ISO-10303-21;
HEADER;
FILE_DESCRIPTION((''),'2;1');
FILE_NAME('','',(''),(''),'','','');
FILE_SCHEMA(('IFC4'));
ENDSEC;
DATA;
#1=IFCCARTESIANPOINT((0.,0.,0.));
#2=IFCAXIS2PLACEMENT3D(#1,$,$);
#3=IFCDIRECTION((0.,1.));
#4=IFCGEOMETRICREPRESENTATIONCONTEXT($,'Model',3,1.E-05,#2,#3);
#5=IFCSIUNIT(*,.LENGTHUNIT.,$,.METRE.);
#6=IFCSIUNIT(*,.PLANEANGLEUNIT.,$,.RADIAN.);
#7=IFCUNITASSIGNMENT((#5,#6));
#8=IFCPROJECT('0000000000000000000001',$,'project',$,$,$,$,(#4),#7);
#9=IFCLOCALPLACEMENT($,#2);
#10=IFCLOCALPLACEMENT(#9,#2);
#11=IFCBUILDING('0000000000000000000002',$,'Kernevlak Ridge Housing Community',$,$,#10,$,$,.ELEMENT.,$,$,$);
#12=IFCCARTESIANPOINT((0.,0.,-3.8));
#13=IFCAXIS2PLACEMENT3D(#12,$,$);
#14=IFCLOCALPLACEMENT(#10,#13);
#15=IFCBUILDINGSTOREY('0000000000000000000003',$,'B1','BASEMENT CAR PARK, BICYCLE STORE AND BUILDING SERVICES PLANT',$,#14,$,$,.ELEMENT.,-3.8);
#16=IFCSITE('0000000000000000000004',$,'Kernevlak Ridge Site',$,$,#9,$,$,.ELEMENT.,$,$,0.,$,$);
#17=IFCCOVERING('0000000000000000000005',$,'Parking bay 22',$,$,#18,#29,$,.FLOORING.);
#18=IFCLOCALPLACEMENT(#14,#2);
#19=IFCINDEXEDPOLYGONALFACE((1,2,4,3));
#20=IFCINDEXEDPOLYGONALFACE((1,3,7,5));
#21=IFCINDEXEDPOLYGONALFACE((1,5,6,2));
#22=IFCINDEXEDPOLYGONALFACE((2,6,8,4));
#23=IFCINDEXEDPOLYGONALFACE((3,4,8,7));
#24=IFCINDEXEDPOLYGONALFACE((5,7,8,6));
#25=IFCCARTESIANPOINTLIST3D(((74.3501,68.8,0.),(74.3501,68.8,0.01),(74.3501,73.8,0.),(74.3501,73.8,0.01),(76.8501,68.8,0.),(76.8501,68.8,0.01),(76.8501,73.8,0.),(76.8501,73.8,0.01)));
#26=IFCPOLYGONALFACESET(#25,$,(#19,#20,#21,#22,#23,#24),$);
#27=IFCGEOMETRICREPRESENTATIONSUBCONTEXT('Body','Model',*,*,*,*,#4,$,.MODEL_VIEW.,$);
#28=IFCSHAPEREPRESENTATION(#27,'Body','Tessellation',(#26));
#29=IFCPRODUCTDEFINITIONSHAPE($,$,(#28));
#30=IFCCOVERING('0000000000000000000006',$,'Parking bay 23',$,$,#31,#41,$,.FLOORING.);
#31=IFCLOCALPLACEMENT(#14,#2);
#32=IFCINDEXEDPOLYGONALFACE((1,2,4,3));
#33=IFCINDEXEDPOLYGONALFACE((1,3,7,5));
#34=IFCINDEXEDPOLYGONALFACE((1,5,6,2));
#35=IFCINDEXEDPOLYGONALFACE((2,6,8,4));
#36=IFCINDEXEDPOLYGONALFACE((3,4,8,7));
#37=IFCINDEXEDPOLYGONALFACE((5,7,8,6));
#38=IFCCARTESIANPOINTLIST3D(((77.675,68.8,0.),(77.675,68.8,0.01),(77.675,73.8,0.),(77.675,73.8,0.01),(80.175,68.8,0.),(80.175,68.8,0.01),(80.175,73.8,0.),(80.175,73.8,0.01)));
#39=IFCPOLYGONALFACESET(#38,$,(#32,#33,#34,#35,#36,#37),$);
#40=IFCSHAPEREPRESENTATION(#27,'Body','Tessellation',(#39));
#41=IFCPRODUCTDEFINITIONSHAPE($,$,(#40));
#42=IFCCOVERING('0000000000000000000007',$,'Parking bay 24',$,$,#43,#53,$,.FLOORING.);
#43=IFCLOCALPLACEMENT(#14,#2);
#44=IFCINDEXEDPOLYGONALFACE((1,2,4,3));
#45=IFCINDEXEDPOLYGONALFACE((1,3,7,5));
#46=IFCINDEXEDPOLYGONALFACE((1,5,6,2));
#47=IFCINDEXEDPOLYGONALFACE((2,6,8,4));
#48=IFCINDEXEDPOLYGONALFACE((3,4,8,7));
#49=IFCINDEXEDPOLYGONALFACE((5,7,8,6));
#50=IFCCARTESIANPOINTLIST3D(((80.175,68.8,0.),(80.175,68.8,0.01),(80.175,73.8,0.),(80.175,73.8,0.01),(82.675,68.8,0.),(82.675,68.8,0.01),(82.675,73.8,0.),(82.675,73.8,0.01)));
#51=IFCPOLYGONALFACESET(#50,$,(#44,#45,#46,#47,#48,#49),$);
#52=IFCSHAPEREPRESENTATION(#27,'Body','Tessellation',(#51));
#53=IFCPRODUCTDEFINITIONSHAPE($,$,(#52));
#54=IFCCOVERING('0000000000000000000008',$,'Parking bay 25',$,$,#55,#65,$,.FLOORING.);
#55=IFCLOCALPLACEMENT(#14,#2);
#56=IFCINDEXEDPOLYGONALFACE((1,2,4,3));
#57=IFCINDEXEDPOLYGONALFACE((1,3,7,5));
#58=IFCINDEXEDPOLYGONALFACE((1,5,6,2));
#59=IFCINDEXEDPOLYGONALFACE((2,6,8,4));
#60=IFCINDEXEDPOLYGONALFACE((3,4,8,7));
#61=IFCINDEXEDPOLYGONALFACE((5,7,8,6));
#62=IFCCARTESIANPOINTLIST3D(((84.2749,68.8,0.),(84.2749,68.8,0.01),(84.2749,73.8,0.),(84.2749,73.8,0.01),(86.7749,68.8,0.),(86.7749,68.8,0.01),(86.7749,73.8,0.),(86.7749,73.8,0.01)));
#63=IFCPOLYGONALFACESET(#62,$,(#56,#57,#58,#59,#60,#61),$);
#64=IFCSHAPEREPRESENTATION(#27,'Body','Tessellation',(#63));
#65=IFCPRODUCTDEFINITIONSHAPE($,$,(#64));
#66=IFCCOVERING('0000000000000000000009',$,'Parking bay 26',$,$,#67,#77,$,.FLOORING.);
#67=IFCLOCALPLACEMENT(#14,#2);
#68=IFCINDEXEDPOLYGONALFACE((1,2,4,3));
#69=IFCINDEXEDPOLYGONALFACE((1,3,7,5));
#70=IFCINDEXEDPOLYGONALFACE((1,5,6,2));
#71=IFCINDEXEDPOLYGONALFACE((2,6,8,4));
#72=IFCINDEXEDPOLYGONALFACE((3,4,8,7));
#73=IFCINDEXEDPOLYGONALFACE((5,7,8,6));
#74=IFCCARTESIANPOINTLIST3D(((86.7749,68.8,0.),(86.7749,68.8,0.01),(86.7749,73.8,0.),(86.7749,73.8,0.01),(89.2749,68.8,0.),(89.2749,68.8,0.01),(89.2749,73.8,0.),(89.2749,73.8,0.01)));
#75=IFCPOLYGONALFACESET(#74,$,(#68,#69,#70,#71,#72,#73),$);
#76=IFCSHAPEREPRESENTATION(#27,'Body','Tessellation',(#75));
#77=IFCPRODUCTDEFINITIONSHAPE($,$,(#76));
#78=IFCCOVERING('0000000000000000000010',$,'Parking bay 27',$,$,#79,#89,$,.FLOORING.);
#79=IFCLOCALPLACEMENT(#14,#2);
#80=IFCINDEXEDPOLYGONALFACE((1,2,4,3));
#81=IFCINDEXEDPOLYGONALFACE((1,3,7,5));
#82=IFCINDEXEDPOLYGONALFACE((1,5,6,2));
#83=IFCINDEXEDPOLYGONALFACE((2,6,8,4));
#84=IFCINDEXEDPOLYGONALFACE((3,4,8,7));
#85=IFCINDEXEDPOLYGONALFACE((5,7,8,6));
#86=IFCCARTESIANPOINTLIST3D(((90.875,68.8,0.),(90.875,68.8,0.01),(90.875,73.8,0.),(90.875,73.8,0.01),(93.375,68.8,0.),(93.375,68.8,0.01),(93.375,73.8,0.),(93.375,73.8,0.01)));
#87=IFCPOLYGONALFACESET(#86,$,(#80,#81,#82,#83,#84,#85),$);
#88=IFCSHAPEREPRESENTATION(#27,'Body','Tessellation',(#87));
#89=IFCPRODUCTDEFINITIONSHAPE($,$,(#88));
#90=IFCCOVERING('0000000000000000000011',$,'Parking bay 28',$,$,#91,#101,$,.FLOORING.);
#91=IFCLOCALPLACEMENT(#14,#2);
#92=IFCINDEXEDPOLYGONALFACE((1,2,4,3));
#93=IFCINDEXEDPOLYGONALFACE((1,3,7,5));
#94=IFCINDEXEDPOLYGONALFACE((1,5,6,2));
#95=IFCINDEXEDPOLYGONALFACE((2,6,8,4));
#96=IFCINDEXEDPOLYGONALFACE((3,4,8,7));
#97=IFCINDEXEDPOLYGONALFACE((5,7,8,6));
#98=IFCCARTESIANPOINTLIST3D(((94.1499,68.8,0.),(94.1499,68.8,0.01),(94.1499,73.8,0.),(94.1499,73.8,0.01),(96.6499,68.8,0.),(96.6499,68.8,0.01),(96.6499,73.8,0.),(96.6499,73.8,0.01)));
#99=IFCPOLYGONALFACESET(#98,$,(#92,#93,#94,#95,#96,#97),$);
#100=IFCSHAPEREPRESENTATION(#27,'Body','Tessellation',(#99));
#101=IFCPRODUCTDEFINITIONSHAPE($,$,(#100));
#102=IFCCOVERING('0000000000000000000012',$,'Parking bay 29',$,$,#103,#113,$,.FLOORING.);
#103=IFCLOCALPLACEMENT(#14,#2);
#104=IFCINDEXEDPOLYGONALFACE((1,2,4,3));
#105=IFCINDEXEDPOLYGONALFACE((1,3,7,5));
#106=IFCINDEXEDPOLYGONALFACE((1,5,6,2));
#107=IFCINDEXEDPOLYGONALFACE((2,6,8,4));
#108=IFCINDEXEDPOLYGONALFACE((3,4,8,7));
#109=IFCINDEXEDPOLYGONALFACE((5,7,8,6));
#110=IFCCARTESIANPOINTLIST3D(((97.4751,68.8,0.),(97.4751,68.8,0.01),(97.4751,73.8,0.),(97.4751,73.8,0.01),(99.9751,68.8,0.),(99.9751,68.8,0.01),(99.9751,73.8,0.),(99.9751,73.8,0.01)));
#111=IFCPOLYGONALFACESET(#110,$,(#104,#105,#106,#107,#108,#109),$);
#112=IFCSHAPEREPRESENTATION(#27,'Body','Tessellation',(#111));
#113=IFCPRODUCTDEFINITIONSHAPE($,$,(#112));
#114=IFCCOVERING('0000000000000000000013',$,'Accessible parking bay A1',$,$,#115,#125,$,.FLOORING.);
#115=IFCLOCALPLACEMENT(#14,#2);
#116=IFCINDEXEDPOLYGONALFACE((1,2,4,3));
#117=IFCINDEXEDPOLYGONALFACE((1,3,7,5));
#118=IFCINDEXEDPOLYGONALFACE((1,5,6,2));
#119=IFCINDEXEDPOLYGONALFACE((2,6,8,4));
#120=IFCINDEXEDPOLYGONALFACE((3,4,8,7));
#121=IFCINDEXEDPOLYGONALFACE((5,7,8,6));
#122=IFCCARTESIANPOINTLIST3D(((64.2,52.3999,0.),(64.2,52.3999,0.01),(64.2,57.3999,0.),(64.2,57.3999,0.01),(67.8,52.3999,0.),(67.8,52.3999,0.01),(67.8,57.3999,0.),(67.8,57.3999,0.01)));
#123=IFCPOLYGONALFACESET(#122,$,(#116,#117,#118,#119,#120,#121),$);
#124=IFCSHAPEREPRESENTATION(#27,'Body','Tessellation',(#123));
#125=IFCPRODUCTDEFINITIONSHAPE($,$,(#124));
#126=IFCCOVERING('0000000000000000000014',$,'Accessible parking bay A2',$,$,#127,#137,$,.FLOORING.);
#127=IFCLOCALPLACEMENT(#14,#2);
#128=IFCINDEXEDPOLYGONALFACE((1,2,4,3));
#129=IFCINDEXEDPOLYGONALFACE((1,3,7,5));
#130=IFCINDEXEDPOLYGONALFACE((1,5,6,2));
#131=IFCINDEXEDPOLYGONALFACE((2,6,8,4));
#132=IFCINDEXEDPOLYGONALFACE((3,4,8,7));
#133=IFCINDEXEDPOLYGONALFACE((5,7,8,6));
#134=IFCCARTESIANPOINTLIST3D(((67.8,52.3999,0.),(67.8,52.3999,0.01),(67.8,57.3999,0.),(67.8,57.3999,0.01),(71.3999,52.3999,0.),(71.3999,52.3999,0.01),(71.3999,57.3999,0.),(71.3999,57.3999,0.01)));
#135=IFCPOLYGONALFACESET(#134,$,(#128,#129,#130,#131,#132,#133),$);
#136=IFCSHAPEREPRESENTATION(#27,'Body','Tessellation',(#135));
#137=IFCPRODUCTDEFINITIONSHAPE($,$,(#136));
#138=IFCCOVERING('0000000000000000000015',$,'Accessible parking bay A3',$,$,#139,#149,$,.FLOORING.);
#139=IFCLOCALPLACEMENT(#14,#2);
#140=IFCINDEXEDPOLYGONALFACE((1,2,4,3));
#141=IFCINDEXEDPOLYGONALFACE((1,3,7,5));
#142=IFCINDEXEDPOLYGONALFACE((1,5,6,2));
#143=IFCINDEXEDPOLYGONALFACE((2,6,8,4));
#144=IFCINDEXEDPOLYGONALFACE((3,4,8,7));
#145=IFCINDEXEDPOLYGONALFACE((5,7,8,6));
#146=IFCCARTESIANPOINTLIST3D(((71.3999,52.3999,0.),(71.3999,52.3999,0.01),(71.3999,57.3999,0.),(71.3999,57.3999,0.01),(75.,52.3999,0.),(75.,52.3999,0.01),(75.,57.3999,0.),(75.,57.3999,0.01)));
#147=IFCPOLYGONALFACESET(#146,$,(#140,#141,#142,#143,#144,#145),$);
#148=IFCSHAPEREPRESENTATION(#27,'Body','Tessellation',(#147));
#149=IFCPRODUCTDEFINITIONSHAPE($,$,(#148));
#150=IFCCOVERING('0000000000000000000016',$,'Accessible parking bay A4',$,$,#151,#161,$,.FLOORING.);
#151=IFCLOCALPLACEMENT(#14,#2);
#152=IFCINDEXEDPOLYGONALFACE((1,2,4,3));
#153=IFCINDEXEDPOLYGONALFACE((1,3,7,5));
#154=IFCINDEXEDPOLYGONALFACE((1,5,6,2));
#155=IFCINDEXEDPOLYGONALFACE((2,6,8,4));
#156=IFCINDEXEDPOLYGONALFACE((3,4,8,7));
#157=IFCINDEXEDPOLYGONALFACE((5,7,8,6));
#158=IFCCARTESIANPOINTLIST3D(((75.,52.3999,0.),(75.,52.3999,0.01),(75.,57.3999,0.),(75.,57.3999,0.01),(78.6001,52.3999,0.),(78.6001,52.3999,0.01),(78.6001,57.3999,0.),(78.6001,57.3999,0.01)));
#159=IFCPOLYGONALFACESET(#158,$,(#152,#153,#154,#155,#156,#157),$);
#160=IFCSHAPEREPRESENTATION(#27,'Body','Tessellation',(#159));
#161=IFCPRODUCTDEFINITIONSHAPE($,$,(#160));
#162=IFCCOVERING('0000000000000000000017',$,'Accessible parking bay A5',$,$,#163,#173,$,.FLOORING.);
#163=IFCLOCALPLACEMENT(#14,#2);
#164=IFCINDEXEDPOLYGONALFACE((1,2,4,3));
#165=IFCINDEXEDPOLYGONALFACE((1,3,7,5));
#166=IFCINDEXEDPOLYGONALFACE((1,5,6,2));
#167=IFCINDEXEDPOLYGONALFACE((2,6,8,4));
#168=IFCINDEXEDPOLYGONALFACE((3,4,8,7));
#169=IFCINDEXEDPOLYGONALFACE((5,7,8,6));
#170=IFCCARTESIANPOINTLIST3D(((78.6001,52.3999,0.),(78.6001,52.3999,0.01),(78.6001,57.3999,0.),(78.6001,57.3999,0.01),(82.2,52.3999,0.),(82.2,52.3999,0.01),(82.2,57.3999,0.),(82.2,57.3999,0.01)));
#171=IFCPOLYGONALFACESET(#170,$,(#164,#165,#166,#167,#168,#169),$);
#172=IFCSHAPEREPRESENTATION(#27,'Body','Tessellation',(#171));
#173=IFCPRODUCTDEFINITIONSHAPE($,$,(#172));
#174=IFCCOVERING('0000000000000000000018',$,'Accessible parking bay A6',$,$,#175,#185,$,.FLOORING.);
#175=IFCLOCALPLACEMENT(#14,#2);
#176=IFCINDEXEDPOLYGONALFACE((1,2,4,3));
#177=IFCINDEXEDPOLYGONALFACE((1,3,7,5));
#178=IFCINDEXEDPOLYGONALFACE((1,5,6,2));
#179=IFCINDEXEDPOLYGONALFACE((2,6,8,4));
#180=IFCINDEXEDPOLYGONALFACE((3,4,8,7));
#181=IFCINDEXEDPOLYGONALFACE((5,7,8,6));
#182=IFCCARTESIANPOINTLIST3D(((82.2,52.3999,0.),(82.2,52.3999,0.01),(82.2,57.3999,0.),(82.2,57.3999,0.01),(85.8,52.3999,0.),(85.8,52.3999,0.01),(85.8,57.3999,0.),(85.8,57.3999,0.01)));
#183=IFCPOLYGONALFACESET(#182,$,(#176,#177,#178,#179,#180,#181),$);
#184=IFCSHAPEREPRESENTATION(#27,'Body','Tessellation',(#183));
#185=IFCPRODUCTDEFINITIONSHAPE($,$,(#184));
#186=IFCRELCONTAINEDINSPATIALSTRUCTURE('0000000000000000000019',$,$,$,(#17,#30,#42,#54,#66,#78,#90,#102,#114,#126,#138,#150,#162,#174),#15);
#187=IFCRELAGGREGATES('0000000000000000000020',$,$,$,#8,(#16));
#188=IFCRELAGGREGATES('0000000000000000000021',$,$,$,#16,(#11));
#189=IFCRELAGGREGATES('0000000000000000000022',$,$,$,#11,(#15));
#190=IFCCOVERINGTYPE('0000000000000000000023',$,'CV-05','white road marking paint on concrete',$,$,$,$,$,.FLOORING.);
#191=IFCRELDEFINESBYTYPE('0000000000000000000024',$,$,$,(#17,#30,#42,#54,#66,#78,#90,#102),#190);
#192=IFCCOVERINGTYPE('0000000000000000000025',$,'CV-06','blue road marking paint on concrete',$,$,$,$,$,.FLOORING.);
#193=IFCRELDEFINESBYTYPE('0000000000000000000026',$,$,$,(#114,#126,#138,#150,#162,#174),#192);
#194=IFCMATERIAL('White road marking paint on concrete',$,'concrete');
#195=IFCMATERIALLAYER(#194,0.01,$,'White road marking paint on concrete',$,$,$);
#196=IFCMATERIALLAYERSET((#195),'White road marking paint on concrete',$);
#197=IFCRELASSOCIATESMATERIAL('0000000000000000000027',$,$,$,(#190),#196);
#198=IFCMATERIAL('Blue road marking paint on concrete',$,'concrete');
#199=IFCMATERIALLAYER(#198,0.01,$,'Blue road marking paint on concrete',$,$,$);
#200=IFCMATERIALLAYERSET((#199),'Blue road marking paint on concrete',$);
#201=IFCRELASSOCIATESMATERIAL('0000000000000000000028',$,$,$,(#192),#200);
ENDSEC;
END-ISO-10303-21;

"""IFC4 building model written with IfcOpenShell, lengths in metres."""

from ifc_helpers import new_model, si_unit, direction, frame, origin, place, context, subcontext, project, spatial, polyline, outline, extrude, material, layer, layer_set, type_object, element, save


model = new_model("IFC4")

# Units and contexts
model_context = context("Model", 3, precision=1e-05, world=origin(), true_north=direction((0.0, 1.0)))
body_context = subcontext(model_context, "Body", "Model", "MODEL_VIEW")
ifc_project = project(units=[si_unit("LENGTHUNIT", "METRE"), si_unit("PLANEANGLEUNIT", "RADIAN")], contexts=[model_context])

# Site, building, storey
site_placement = place(None, origin())
site = spatial("IfcSite", under=ifc_project, at=site_placement, Name="Kernevlak Ridge Site", CompositionType="ELEMENT", RefElevation=0.0)
building_placement = place(site_placement, origin())
building = spatial("IfcBuilding", under=site, at=building_placement, Name="Kernevlak Ridge Housing Community", CompositionType="ELEMENT")
storey_placement = place(building_placement, frame((0.0, 0.0, -3.8)))
storey = spatial("IfcBuildingStorey", under=building, at=storey_placement, Name="B1", Description="BASEMENT CAR PARK, BICYCLE STORE AND BUILDING SERVICES PLANT", CompositionType="ELEMENT", Elevation=-3.8)

# Coverings
ifc_material_1 = material(Name="White road marking paint on concrete", Category="concrete")
ifc_layer_1 = layer(ifc_material_1, 0.01, Name="White road marking paint on concrete")
ifc_layer_set_1 = layer_set([ifc_layer_1], Name="White road marking paint on concrete")
covering_type_1 = type_object("IfcCoveringType", Name="CV-05", Description="white road marking paint on concrete", PredefinedType="FLOORING", material=ifc_layer_set_1)
covering_1_placement = place(storey_placement, origin())
element("IfcCovering", 1, at=covering_1_placement, inside=storey, type_object=covering_type_1, Name="Parking bay 22", PredefinedType="FLOORING", context=body_context, shape_type="SweptSolid", body=[
    extrude(outline(polyline([(74.3501, 68.8), (76.8501, 68.8), (76.8501, 73.8), (74.3501, 73.8), (74.3501, 68.8)])), origin(), (0.0, 0.0, 1.0), 0.01),
])
covering_2_placement = place(storey_placement, origin())
element("IfcCovering", 2, at=covering_2_placement, inside=storey, type_object=covering_type_1, Name="Parking bay 23", PredefinedType="FLOORING", context=body_context, shape_type="SweptSolid", body=[
    extrude(outline(polyline([(77.675, 68.8), (80.175, 68.8), (80.175, 73.8), (77.675, 73.8), (77.675, 68.8)])), origin(), (0.0, 0.0, 1.0), 0.01),
])
covering_3_placement = place(storey_placement, origin())
element("IfcCovering", 3, at=covering_3_placement, inside=storey, type_object=covering_type_1, Name="Parking bay 24", PredefinedType="FLOORING", context=body_context, shape_type="SweptSolid", body=[
    extrude(outline(polyline([(80.175, 68.8), (82.675, 68.8), (82.675, 73.8), (80.175, 73.8), (80.175, 68.8)])), origin(), (0.0, 0.0, 1.0), 0.01),
])
covering_4_placement = place(storey_placement, origin())
element("IfcCovering", 4, at=covering_4_placement, inside=storey, type_object=covering_type_1, Name="Parking bay 25", PredefinedType="FLOORING", context=body_context, shape_type="SweptSolid", body=[
    extrude(outline(polyline([(84.2749, 68.8), (86.7749, 68.8), (86.7749, 73.8), (84.2749, 73.8), (84.2749, 68.8)])), origin(), (0.0, 0.0, 1.0), 0.01),
])
covering_5_placement = place(storey_placement, origin())
element("IfcCovering", 5, at=covering_5_placement, inside=storey, type_object=covering_type_1, Name="Parking bay 26", PredefinedType="FLOORING", context=body_context, shape_type="SweptSolid", body=[
    extrude(outline(polyline([(86.7749, 68.8), (89.2749, 68.8), (89.2749, 73.8), (86.7749, 73.8), (86.7749, 68.8)])), origin(), (0.0, 0.0, 1.0), 0.01),
])
covering_6_placement = place(storey_placement, origin())
element("IfcCovering", 6, at=covering_6_placement, inside=storey, type_object=covering_type_1, Name="Parking bay 27", PredefinedType="FLOORING", context=body_context, shape_type="SweptSolid", body=[
    extrude(outline(polyline([(90.875, 68.8), (93.375, 68.8), (93.375, 73.8), (90.875, 73.8), (90.875, 68.8)])), origin(), (0.0, 0.0, 1.0), 0.01),
])
covering_7_placement = place(storey_placement, origin())
element("IfcCovering", 7, at=covering_7_placement, inside=storey, type_object=covering_type_1, Name="Parking bay 28", PredefinedType="FLOORING", context=body_context, shape_type="SweptSolid", body=[
    extrude(outline(polyline([(94.1499, 68.8), (96.6499, 68.8), (96.6499, 73.8), (94.1499, 73.8), (94.1499, 68.8)])), origin(), (0.0, 0.0, 1.0), 0.01),
])
covering_8_placement = place(storey_placement, origin())
element("IfcCovering", 8, at=covering_8_placement, inside=storey, type_object=covering_type_1, Name="Parking bay 29", PredefinedType="FLOORING", context=body_context, shape_type="SweptSolid", body=[
    extrude(outline(polyline([(97.4751, 68.8), (99.9751, 68.8), (99.9751, 73.8), (97.4751, 73.8), (97.4751, 68.8)])), origin(), (0.0, 0.0, 1.0), 0.01),
])
ifc_material_2 = material(Name="Blue road marking paint on concrete", Category="concrete")
ifc_layer_2 = layer(ifc_material_2, 0.01, Name="Blue road marking paint on concrete")
ifc_layer_set_2 = layer_set([ifc_layer_2], Name="Blue road marking paint on concrete")
covering_type_2 = type_object("IfcCoveringType", Name="CV-06", Description="blue road marking paint on concrete", PredefinedType="FLOORING", material=ifc_layer_set_2)
covering_9_placement = place(storey_placement, origin())
element("IfcCovering", 9, at=covering_9_placement, inside=storey, type_object=covering_type_2, Name="Accessible parking bay A1", PredefinedType="FLOORING", context=body_context, shape_type="SweptSolid", body=[
    extrude(outline(polyline([(64.2, 52.3999), (67.8, 52.3999), (67.8, 57.3999), (64.2, 57.3999), (64.2, 52.3999)])), origin(), (0.0, 0.0, 1.0), 0.01),
])
covering_10_placement = place(storey_placement, origin())
element("IfcCovering", 10, at=covering_10_placement, inside=storey, type_object=covering_type_2, Name="Accessible parking bay A2", PredefinedType="FLOORING", context=body_context, shape_type="SweptSolid", body=[
    extrude(outline(polyline([(67.8, 52.3999), (71.3999, 52.3999), (71.3999, 57.3999), (67.8, 57.3999), (67.8, 52.3999)])), origin(), (0.0, 0.0, 1.0), 0.01),
])
covering_11_placement = place(storey_placement, origin())
element("IfcCovering", 11, at=covering_11_placement, inside=storey, type_object=covering_type_2, Name="Accessible parking bay A3", PredefinedType="FLOORING", context=body_context, shape_type="SweptSolid", body=[
    extrude(outline(polyline([(71.3999, 52.3999), (75.0, 52.3999), (75.0, 57.3999), (71.3999, 57.3999), (71.3999, 52.3999)])), origin(), (0.0, 0.0, 1.0), 0.01),
])
covering_12_placement = place(storey_placement, origin())
element("IfcCovering", 12, at=covering_12_placement, inside=storey, type_object=covering_type_2, Name="Accessible parking bay A4", PredefinedType="FLOORING", context=body_context, shape_type="SweptSolid", body=[
    extrude(outline(polyline([(75.0, 52.3999), (78.6001, 52.3999), (78.6001, 57.3999), (75.0, 57.3999), (75.0, 52.3999)])), origin(), (0.0, 0.0, 1.0), 0.01),
])
covering_13_placement = place(storey_placement, origin())
element("IfcCovering", 13, at=covering_13_placement, inside=storey, type_object=covering_type_2, Name="Accessible parking bay A5", PredefinedType="FLOORING", context=body_context, shape_type="SweptSolid", body=[
    extrude(outline(polyline([(78.6001, 52.3999), (82.2, 52.3999), (82.2, 57.3999), (78.6001, 57.3999), (78.6001, 52.3999)])), origin(), (0.0, 0.0, 1.0), 0.01),
])
covering_14_placement = place(storey_placement, origin())
element("IfcCovering", 14, at=covering_14_placement, inside=storey, type_object=covering_type_2, Name="Accessible parking bay A6", PredefinedType="FLOORING", context=body_context, shape_type="SweptSolid", body=[
    extrude(outline(polyline([(82.2, 52.3999), (85.8, 52.3999), (85.8, 57.3999), (82.2, 57.3999), (82.2, 52.3999)])), origin(), (0.0, 0.0, 1.0), 0.01),
])

save(model, "model.ifc")
